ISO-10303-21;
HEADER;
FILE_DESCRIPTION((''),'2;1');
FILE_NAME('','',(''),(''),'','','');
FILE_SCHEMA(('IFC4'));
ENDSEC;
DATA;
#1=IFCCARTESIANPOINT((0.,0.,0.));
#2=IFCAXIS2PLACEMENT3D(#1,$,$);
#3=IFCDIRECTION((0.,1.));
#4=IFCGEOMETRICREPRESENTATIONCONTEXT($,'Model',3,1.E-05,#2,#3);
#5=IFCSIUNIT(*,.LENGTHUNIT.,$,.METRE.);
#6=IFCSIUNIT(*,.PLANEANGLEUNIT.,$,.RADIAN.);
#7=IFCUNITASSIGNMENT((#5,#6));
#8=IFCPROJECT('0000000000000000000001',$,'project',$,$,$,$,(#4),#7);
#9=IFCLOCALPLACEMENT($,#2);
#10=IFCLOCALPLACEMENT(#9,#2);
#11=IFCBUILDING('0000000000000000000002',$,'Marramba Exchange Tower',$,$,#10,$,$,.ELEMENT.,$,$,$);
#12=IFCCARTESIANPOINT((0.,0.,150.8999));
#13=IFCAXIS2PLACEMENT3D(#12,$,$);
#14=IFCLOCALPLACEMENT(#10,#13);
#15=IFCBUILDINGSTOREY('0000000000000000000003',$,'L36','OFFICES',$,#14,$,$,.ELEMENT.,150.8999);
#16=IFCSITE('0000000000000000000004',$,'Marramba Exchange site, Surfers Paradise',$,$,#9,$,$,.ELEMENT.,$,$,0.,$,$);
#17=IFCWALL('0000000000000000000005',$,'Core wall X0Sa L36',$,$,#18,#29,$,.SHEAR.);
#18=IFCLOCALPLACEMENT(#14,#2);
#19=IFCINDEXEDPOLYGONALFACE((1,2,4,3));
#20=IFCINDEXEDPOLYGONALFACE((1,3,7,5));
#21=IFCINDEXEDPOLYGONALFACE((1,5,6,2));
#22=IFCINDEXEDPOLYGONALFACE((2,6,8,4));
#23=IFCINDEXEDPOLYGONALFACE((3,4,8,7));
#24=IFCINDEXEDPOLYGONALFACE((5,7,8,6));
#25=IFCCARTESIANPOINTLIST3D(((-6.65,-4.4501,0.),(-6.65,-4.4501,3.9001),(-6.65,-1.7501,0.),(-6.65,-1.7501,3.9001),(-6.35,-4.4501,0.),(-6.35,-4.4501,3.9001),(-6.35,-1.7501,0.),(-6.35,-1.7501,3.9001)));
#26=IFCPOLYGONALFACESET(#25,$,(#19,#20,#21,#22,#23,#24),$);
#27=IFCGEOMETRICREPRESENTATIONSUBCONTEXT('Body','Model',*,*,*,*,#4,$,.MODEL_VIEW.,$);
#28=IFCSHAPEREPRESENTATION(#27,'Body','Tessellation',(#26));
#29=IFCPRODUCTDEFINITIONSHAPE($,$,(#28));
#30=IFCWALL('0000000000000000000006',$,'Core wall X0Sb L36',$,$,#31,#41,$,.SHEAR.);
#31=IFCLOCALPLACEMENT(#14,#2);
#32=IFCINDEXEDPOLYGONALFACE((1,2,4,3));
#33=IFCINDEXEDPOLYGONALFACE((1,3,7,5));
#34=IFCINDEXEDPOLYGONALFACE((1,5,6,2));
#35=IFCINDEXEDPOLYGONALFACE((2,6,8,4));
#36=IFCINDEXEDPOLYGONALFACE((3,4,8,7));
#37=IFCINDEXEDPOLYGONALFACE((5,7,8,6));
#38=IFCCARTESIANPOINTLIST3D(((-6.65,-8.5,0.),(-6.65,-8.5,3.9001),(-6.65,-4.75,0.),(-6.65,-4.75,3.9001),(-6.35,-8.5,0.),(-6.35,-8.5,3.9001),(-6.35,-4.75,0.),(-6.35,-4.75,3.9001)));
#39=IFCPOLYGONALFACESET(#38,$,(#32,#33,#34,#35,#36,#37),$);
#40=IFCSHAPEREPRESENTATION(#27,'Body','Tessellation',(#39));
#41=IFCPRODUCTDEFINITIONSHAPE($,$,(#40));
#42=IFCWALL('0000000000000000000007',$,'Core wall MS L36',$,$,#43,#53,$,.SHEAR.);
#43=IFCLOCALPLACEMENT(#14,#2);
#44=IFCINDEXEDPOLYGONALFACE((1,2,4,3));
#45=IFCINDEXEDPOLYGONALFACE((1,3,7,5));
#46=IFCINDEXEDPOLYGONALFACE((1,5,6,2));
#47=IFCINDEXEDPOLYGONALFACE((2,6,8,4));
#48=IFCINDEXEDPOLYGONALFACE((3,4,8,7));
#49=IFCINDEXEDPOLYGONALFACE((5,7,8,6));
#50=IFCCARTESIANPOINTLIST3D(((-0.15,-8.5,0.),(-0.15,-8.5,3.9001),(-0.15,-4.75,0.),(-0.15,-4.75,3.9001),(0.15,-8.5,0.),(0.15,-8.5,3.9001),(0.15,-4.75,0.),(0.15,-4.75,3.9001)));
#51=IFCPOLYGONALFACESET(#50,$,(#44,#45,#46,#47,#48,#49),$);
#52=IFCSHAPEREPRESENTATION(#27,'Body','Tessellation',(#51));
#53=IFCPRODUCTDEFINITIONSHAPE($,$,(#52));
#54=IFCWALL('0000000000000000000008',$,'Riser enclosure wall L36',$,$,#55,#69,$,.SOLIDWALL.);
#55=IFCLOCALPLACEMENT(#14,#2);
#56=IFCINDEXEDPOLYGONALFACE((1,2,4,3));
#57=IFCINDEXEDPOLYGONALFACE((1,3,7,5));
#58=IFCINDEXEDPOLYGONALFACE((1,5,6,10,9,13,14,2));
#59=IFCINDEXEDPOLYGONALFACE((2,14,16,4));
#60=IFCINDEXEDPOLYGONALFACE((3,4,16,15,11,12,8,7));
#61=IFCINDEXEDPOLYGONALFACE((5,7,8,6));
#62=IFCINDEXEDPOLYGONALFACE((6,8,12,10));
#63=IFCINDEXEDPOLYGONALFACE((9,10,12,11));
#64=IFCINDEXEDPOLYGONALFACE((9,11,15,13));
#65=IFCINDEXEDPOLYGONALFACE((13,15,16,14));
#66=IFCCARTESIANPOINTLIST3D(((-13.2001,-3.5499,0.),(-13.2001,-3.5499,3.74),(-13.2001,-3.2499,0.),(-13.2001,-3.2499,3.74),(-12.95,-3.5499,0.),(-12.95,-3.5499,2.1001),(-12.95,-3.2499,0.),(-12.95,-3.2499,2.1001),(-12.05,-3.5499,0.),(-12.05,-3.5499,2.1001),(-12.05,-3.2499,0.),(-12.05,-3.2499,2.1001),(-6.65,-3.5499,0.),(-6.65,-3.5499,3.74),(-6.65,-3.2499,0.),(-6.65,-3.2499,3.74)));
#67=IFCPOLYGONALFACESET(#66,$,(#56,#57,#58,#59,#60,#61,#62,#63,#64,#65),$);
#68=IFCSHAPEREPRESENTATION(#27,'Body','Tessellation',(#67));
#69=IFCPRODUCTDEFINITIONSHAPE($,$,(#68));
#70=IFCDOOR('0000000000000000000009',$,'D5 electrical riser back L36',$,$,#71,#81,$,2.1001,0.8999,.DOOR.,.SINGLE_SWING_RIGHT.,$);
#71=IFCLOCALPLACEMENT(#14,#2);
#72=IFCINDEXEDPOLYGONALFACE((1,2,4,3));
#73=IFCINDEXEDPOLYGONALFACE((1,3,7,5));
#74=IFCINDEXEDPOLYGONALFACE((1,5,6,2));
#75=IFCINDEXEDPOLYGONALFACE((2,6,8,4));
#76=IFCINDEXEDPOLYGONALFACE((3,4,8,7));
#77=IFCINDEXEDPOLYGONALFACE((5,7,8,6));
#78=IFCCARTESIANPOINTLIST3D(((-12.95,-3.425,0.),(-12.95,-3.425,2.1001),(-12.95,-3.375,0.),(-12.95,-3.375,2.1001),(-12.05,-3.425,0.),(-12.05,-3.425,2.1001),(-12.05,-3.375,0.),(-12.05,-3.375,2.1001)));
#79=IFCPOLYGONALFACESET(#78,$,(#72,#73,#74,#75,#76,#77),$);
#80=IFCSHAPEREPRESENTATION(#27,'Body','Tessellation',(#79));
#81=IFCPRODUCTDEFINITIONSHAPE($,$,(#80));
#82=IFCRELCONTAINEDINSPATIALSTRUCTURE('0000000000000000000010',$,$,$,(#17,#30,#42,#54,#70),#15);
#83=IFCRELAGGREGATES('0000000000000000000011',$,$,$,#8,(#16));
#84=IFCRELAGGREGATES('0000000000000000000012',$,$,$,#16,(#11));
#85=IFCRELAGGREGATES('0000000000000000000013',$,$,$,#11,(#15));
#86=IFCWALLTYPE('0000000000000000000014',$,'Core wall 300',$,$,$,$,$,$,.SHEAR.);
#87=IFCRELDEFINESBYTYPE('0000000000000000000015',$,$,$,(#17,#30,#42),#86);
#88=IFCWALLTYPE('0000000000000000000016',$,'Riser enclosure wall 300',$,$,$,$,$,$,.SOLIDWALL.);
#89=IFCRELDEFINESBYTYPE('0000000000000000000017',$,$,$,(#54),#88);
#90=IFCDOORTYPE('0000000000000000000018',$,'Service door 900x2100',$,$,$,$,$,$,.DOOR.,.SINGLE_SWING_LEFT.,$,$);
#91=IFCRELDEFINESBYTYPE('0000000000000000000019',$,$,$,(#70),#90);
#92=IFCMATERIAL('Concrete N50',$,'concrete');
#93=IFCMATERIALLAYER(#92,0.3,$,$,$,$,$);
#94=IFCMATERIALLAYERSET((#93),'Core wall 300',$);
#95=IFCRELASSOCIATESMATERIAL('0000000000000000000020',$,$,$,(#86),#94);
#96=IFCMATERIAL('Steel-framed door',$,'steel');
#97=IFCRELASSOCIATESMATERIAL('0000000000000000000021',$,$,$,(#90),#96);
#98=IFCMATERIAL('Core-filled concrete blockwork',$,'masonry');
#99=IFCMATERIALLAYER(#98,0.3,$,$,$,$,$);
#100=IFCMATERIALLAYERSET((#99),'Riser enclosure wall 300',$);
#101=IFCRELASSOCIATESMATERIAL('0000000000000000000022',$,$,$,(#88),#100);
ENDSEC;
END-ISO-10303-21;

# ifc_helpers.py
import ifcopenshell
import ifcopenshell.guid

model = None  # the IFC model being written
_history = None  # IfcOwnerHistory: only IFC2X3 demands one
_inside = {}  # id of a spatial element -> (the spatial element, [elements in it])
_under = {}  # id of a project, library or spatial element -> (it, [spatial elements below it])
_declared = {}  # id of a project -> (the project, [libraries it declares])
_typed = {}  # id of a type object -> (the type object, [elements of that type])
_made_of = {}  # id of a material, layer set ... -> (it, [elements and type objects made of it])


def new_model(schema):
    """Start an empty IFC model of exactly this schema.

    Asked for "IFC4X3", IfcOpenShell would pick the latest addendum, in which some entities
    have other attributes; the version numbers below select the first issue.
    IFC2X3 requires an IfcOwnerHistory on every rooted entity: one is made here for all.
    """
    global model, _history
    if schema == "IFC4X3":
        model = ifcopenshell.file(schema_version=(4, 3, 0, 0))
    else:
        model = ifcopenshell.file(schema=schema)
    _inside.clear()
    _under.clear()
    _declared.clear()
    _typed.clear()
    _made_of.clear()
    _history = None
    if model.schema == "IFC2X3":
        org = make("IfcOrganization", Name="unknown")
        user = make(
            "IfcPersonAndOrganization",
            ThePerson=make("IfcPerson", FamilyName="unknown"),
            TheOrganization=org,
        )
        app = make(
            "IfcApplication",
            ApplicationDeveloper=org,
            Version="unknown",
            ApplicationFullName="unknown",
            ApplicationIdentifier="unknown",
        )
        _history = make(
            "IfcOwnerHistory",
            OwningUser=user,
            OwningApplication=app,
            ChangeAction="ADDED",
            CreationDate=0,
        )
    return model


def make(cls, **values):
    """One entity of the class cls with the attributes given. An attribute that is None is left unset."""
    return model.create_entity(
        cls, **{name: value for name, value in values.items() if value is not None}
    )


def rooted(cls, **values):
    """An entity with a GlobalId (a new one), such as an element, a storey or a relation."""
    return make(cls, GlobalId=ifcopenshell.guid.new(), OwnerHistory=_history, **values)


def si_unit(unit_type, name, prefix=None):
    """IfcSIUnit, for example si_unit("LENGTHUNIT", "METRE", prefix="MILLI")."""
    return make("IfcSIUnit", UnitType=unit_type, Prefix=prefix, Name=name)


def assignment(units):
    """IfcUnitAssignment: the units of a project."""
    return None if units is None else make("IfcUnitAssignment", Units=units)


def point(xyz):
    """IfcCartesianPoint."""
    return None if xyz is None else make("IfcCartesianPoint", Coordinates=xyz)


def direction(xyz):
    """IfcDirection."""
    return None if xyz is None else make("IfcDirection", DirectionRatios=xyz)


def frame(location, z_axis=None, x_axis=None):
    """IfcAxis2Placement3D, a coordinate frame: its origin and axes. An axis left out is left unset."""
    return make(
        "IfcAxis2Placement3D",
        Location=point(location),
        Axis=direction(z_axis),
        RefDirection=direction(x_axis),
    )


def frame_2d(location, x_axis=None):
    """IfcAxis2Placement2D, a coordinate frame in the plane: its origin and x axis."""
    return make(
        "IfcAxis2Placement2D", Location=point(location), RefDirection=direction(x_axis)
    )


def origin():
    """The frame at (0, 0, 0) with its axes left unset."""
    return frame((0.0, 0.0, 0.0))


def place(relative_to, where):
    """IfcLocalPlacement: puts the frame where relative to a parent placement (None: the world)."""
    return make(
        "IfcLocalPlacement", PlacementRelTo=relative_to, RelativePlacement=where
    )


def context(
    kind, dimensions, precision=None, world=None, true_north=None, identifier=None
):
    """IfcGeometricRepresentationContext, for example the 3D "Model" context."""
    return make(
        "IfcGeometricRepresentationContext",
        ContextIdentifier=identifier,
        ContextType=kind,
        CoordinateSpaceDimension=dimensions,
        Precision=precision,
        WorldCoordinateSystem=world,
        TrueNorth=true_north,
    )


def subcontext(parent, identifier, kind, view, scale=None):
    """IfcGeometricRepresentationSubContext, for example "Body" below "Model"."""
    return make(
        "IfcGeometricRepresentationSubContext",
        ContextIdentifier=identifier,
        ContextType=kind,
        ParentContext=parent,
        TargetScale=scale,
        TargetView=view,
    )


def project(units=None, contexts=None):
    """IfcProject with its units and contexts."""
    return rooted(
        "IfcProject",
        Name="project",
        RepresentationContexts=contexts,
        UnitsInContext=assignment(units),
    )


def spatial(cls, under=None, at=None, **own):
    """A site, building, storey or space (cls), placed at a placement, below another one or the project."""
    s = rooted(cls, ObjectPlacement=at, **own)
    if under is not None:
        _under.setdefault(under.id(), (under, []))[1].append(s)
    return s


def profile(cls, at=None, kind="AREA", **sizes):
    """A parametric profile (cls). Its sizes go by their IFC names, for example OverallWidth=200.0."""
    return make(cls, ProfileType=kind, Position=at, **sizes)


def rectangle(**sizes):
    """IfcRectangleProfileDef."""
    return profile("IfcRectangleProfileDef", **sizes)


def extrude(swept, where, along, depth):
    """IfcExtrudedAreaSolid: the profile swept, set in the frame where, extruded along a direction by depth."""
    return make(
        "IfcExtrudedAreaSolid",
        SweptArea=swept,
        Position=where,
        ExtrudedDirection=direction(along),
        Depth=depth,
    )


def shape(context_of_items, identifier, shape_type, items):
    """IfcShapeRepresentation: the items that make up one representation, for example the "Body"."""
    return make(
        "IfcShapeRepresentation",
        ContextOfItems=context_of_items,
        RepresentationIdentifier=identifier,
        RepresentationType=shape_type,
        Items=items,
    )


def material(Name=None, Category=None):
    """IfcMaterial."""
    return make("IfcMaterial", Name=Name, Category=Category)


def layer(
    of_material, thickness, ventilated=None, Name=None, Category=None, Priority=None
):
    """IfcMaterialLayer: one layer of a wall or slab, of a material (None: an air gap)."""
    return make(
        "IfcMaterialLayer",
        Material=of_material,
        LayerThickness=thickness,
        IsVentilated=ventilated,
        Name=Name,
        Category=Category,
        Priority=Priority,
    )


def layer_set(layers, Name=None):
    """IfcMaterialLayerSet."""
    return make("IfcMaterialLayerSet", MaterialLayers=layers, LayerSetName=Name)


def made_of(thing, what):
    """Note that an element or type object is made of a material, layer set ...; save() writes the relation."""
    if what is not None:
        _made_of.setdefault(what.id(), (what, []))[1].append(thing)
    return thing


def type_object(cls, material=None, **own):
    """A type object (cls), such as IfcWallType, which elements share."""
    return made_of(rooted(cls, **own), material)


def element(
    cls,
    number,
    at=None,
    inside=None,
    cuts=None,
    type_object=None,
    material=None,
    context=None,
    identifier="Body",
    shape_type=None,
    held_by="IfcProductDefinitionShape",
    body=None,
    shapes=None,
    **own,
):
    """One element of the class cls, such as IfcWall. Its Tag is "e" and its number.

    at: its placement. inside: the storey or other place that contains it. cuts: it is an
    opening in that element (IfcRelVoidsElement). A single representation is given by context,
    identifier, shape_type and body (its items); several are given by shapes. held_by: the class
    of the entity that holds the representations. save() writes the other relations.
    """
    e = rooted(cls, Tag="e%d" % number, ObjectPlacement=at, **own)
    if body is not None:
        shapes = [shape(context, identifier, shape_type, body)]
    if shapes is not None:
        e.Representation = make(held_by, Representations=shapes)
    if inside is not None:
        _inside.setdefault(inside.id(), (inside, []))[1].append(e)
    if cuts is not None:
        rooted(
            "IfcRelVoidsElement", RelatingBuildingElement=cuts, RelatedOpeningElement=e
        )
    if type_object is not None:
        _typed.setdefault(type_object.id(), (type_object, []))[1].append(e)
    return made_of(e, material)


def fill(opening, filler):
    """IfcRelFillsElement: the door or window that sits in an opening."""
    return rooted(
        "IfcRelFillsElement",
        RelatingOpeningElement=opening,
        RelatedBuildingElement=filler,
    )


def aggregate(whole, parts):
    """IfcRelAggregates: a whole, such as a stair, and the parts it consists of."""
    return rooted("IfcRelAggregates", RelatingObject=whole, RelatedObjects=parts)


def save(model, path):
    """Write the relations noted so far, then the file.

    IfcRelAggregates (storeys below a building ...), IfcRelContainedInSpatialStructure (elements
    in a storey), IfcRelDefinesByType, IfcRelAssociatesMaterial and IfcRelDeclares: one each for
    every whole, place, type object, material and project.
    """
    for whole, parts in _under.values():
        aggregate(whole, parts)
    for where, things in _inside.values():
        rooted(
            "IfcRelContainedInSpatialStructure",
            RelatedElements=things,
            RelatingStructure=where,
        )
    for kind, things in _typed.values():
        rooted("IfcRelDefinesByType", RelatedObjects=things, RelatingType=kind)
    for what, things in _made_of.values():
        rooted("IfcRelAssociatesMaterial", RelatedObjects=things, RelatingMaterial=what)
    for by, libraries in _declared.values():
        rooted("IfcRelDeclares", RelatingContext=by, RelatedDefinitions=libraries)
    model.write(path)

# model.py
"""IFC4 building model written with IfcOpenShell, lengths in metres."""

from ifc_helpers import new_model, si_unit, direction, frame, frame_2d, origin, place, context, subcontext, project, spatial, rectangle, extrude, material, layer, layer_set, type_object, element, fill, save


model = new_model("IFC4")

# Units and contexts
model_context = context("Model", 3, precision=1e-05, world=origin(), true_north=direction((0.0, 1.0)))
body_context = subcontext(model_context, "Body", "Model", "MODEL_VIEW")
ifc_project = project(units=[si_unit("LENGTHUNIT", "METRE"), si_unit("PLANEANGLEUNIT", "RADIAN")], contexts=[model_context])

# Site, building, storey
site_placement = place(None, origin())
site = spatial("IfcSite", under=ifc_project, at=site_placement, Name="Marramba Exchange site, Surfers Paradise", CompositionType="ELEMENT", RefElevation=0.0)
building_placement = place(site_placement, origin())
building = spatial("IfcBuilding", under=site, at=building_placement, Name="Marramba Exchange Tower", CompositionType="ELEMENT")
storey_placement = place(building_placement, frame((0.0, 0.0, 150.8999)))
storey = spatial("IfcBuildingStorey", under=building, at=storey_placement, Name="L36", Description="OFFICES", CompositionType="ELEMENT", Elevation=150.8999)

# Shared definitions
ifc_material_1 = material(Name="Concrete N50", Category="concrete")

# Shared definitions
ifc_layer_1 = layer(ifc_material_1, 0.3)
ifc_layer_set_1 = layer_set([ifc_layer_1], Name="Core wall 300")
wall_type_1 = type_object("IfcWallType", Name="Core wall 300", PredefinedType="SHEAR", material=ifc_layer_set_1)
ifc_material_2 = material(Name="Steel-framed door", Category="steel")
door_type_1 = type_object("IfcDoorType", Name="Service door 900x2100", OperationType="SINGLE_SWING_LEFT", PredefinedType="DOOR", material=ifc_material_2)

# Walls
wall_1_placement = place(storey_placement, frame((-6.5, -1.75, 0.0), z_axis=(0.0, 0.0, 1.0), x_axis=(0.0, -1.0, 0.0)))
element("IfcWall", 1, at=wall_1_placement, inside=storey, type_object=wall_type_1, Name="Core wall X0Sa L36", PredefinedType="SHEAR", context=body_context, shape_type="SweptSolid", body=[
    extrude(rectangle(XDim=2.7, YDim=0.3, at=frame_2d((1.3501, 0.0))), origin(), (0.0, 0.0, 1.0), 3.9001),
])
for number, where, z_axis, x_axis, name in (
    (2, (-6.5, -4.75, 0.0), (0.0, 0.0, 1.0), (0.0, -1.0, 0.0), "Core wall X0Sb L36"),
    (3, (0.0, -4.75, 0.0), (0.0, 0.0, 1.0), (0.0, -1.0, 0.0), "Core wall MS L36"),
):
    element("IfcWall", number, at=place(storey_placement, frame(where, z_axis=z_axis, x_axis=x_axis)), inside=storey, type_object=wall_type_1, Name=name, PredefinedType="SHEAR", context=body_context, shape_type="SweptSolid", body=[
        extrude(rectangle(XDim=3.75, YDim=0.3, at=frame_2d((1.875, 0.0))), origin(), (0.0, 0.0, 1.0), 3.9001),
    ])

# Wall, opening, door
ifc_material_3 = material(Name="Core-filled concrete blockwork", Category="masonry")
ifc_layer_2 = layer(ifc_material_3, 0.3)
ifc_layer_set_2 = layer_set([ifc_layer_2], Name="Riser enclosure wall 300")
wall_type_2 = type_object("IfcWallType", Name="Riser enclosure wall 300", PredefinedType="SOLIDWALL", material=ifc_layer_set_2)
wall_2_placement = place(storey_placement, frame((-13.2, -3.3999, 0.0), z_axis=(0.0, 0.0, 1.0), x_axis=(1.0, 0.0, 0.0)))
wall_2 = element("IfcWall", 4, at=wall_2_placement, inside=storey, type_object=wall_type_2, Name="Riser enclosure wall L36", PredefinedType="SOLIDWALL", context=body_context, shape_type="SweptSolid", body=[
    extrude(rectangle(XDim=6.55, YDim=0.3, at=frame_2d((3.2749, 0.0))), origin(), (0.0, 0.0, 1.0), 3.74),
])
opening_1_placement = place(wall_2_placement, frame((0.25, 0.0, 0.0)))
opening_1 = element("IfcOpeningElement", 5, at=opening_1_placement, cuts=wall_2, PredefinedType="OPENING", context=body_context, shape_type="SweptSolid", body=[
    extrude(rectangle(XDim=0.8999, YDim=2.1001, at=frame_2d((0.45, 1.05))), frame((0.0, 0.1599, 0.0), z_axis=(0.0, -1.0, 0.0), x_axis=(1.0, 0.0, 0.0)), (0.0, 0.0, 1.0), 0.3201),
])
door_1_placement = place(opening_1_placement, frame((0.8999, 0.0, 0.0), z_axis=(0.0, 0.0, 1.0), x_axis=(-1.0, 0.0, 0.0)))
door_1 = element("IfcDoor", 6, at=door_1_placement, inside=storey, type_object=door_type_1, Name="D5 electrical riser back L36", OperationType="SINGLE_SWING_RIGHT", OverallHeight=2.1001, OverallWidth=0.8999, PredefinedType="DOOR", context=body_context, shape_type="SweptSolid", body=[
    extrude(rectangle(XDim=0.8999, YDim=2.1001, at=frame_2d((0.45, 1.05))), frame((0.0, 0.0251, 0.0), z_axis=(0.0, -1.0, 0.0), x_axis=(1.0, 0.0, 0.0)), (0.0, 0.0, 1.0), 0.05),
])
fill(opening_1, door_1)

save(model, "model.ifc")
